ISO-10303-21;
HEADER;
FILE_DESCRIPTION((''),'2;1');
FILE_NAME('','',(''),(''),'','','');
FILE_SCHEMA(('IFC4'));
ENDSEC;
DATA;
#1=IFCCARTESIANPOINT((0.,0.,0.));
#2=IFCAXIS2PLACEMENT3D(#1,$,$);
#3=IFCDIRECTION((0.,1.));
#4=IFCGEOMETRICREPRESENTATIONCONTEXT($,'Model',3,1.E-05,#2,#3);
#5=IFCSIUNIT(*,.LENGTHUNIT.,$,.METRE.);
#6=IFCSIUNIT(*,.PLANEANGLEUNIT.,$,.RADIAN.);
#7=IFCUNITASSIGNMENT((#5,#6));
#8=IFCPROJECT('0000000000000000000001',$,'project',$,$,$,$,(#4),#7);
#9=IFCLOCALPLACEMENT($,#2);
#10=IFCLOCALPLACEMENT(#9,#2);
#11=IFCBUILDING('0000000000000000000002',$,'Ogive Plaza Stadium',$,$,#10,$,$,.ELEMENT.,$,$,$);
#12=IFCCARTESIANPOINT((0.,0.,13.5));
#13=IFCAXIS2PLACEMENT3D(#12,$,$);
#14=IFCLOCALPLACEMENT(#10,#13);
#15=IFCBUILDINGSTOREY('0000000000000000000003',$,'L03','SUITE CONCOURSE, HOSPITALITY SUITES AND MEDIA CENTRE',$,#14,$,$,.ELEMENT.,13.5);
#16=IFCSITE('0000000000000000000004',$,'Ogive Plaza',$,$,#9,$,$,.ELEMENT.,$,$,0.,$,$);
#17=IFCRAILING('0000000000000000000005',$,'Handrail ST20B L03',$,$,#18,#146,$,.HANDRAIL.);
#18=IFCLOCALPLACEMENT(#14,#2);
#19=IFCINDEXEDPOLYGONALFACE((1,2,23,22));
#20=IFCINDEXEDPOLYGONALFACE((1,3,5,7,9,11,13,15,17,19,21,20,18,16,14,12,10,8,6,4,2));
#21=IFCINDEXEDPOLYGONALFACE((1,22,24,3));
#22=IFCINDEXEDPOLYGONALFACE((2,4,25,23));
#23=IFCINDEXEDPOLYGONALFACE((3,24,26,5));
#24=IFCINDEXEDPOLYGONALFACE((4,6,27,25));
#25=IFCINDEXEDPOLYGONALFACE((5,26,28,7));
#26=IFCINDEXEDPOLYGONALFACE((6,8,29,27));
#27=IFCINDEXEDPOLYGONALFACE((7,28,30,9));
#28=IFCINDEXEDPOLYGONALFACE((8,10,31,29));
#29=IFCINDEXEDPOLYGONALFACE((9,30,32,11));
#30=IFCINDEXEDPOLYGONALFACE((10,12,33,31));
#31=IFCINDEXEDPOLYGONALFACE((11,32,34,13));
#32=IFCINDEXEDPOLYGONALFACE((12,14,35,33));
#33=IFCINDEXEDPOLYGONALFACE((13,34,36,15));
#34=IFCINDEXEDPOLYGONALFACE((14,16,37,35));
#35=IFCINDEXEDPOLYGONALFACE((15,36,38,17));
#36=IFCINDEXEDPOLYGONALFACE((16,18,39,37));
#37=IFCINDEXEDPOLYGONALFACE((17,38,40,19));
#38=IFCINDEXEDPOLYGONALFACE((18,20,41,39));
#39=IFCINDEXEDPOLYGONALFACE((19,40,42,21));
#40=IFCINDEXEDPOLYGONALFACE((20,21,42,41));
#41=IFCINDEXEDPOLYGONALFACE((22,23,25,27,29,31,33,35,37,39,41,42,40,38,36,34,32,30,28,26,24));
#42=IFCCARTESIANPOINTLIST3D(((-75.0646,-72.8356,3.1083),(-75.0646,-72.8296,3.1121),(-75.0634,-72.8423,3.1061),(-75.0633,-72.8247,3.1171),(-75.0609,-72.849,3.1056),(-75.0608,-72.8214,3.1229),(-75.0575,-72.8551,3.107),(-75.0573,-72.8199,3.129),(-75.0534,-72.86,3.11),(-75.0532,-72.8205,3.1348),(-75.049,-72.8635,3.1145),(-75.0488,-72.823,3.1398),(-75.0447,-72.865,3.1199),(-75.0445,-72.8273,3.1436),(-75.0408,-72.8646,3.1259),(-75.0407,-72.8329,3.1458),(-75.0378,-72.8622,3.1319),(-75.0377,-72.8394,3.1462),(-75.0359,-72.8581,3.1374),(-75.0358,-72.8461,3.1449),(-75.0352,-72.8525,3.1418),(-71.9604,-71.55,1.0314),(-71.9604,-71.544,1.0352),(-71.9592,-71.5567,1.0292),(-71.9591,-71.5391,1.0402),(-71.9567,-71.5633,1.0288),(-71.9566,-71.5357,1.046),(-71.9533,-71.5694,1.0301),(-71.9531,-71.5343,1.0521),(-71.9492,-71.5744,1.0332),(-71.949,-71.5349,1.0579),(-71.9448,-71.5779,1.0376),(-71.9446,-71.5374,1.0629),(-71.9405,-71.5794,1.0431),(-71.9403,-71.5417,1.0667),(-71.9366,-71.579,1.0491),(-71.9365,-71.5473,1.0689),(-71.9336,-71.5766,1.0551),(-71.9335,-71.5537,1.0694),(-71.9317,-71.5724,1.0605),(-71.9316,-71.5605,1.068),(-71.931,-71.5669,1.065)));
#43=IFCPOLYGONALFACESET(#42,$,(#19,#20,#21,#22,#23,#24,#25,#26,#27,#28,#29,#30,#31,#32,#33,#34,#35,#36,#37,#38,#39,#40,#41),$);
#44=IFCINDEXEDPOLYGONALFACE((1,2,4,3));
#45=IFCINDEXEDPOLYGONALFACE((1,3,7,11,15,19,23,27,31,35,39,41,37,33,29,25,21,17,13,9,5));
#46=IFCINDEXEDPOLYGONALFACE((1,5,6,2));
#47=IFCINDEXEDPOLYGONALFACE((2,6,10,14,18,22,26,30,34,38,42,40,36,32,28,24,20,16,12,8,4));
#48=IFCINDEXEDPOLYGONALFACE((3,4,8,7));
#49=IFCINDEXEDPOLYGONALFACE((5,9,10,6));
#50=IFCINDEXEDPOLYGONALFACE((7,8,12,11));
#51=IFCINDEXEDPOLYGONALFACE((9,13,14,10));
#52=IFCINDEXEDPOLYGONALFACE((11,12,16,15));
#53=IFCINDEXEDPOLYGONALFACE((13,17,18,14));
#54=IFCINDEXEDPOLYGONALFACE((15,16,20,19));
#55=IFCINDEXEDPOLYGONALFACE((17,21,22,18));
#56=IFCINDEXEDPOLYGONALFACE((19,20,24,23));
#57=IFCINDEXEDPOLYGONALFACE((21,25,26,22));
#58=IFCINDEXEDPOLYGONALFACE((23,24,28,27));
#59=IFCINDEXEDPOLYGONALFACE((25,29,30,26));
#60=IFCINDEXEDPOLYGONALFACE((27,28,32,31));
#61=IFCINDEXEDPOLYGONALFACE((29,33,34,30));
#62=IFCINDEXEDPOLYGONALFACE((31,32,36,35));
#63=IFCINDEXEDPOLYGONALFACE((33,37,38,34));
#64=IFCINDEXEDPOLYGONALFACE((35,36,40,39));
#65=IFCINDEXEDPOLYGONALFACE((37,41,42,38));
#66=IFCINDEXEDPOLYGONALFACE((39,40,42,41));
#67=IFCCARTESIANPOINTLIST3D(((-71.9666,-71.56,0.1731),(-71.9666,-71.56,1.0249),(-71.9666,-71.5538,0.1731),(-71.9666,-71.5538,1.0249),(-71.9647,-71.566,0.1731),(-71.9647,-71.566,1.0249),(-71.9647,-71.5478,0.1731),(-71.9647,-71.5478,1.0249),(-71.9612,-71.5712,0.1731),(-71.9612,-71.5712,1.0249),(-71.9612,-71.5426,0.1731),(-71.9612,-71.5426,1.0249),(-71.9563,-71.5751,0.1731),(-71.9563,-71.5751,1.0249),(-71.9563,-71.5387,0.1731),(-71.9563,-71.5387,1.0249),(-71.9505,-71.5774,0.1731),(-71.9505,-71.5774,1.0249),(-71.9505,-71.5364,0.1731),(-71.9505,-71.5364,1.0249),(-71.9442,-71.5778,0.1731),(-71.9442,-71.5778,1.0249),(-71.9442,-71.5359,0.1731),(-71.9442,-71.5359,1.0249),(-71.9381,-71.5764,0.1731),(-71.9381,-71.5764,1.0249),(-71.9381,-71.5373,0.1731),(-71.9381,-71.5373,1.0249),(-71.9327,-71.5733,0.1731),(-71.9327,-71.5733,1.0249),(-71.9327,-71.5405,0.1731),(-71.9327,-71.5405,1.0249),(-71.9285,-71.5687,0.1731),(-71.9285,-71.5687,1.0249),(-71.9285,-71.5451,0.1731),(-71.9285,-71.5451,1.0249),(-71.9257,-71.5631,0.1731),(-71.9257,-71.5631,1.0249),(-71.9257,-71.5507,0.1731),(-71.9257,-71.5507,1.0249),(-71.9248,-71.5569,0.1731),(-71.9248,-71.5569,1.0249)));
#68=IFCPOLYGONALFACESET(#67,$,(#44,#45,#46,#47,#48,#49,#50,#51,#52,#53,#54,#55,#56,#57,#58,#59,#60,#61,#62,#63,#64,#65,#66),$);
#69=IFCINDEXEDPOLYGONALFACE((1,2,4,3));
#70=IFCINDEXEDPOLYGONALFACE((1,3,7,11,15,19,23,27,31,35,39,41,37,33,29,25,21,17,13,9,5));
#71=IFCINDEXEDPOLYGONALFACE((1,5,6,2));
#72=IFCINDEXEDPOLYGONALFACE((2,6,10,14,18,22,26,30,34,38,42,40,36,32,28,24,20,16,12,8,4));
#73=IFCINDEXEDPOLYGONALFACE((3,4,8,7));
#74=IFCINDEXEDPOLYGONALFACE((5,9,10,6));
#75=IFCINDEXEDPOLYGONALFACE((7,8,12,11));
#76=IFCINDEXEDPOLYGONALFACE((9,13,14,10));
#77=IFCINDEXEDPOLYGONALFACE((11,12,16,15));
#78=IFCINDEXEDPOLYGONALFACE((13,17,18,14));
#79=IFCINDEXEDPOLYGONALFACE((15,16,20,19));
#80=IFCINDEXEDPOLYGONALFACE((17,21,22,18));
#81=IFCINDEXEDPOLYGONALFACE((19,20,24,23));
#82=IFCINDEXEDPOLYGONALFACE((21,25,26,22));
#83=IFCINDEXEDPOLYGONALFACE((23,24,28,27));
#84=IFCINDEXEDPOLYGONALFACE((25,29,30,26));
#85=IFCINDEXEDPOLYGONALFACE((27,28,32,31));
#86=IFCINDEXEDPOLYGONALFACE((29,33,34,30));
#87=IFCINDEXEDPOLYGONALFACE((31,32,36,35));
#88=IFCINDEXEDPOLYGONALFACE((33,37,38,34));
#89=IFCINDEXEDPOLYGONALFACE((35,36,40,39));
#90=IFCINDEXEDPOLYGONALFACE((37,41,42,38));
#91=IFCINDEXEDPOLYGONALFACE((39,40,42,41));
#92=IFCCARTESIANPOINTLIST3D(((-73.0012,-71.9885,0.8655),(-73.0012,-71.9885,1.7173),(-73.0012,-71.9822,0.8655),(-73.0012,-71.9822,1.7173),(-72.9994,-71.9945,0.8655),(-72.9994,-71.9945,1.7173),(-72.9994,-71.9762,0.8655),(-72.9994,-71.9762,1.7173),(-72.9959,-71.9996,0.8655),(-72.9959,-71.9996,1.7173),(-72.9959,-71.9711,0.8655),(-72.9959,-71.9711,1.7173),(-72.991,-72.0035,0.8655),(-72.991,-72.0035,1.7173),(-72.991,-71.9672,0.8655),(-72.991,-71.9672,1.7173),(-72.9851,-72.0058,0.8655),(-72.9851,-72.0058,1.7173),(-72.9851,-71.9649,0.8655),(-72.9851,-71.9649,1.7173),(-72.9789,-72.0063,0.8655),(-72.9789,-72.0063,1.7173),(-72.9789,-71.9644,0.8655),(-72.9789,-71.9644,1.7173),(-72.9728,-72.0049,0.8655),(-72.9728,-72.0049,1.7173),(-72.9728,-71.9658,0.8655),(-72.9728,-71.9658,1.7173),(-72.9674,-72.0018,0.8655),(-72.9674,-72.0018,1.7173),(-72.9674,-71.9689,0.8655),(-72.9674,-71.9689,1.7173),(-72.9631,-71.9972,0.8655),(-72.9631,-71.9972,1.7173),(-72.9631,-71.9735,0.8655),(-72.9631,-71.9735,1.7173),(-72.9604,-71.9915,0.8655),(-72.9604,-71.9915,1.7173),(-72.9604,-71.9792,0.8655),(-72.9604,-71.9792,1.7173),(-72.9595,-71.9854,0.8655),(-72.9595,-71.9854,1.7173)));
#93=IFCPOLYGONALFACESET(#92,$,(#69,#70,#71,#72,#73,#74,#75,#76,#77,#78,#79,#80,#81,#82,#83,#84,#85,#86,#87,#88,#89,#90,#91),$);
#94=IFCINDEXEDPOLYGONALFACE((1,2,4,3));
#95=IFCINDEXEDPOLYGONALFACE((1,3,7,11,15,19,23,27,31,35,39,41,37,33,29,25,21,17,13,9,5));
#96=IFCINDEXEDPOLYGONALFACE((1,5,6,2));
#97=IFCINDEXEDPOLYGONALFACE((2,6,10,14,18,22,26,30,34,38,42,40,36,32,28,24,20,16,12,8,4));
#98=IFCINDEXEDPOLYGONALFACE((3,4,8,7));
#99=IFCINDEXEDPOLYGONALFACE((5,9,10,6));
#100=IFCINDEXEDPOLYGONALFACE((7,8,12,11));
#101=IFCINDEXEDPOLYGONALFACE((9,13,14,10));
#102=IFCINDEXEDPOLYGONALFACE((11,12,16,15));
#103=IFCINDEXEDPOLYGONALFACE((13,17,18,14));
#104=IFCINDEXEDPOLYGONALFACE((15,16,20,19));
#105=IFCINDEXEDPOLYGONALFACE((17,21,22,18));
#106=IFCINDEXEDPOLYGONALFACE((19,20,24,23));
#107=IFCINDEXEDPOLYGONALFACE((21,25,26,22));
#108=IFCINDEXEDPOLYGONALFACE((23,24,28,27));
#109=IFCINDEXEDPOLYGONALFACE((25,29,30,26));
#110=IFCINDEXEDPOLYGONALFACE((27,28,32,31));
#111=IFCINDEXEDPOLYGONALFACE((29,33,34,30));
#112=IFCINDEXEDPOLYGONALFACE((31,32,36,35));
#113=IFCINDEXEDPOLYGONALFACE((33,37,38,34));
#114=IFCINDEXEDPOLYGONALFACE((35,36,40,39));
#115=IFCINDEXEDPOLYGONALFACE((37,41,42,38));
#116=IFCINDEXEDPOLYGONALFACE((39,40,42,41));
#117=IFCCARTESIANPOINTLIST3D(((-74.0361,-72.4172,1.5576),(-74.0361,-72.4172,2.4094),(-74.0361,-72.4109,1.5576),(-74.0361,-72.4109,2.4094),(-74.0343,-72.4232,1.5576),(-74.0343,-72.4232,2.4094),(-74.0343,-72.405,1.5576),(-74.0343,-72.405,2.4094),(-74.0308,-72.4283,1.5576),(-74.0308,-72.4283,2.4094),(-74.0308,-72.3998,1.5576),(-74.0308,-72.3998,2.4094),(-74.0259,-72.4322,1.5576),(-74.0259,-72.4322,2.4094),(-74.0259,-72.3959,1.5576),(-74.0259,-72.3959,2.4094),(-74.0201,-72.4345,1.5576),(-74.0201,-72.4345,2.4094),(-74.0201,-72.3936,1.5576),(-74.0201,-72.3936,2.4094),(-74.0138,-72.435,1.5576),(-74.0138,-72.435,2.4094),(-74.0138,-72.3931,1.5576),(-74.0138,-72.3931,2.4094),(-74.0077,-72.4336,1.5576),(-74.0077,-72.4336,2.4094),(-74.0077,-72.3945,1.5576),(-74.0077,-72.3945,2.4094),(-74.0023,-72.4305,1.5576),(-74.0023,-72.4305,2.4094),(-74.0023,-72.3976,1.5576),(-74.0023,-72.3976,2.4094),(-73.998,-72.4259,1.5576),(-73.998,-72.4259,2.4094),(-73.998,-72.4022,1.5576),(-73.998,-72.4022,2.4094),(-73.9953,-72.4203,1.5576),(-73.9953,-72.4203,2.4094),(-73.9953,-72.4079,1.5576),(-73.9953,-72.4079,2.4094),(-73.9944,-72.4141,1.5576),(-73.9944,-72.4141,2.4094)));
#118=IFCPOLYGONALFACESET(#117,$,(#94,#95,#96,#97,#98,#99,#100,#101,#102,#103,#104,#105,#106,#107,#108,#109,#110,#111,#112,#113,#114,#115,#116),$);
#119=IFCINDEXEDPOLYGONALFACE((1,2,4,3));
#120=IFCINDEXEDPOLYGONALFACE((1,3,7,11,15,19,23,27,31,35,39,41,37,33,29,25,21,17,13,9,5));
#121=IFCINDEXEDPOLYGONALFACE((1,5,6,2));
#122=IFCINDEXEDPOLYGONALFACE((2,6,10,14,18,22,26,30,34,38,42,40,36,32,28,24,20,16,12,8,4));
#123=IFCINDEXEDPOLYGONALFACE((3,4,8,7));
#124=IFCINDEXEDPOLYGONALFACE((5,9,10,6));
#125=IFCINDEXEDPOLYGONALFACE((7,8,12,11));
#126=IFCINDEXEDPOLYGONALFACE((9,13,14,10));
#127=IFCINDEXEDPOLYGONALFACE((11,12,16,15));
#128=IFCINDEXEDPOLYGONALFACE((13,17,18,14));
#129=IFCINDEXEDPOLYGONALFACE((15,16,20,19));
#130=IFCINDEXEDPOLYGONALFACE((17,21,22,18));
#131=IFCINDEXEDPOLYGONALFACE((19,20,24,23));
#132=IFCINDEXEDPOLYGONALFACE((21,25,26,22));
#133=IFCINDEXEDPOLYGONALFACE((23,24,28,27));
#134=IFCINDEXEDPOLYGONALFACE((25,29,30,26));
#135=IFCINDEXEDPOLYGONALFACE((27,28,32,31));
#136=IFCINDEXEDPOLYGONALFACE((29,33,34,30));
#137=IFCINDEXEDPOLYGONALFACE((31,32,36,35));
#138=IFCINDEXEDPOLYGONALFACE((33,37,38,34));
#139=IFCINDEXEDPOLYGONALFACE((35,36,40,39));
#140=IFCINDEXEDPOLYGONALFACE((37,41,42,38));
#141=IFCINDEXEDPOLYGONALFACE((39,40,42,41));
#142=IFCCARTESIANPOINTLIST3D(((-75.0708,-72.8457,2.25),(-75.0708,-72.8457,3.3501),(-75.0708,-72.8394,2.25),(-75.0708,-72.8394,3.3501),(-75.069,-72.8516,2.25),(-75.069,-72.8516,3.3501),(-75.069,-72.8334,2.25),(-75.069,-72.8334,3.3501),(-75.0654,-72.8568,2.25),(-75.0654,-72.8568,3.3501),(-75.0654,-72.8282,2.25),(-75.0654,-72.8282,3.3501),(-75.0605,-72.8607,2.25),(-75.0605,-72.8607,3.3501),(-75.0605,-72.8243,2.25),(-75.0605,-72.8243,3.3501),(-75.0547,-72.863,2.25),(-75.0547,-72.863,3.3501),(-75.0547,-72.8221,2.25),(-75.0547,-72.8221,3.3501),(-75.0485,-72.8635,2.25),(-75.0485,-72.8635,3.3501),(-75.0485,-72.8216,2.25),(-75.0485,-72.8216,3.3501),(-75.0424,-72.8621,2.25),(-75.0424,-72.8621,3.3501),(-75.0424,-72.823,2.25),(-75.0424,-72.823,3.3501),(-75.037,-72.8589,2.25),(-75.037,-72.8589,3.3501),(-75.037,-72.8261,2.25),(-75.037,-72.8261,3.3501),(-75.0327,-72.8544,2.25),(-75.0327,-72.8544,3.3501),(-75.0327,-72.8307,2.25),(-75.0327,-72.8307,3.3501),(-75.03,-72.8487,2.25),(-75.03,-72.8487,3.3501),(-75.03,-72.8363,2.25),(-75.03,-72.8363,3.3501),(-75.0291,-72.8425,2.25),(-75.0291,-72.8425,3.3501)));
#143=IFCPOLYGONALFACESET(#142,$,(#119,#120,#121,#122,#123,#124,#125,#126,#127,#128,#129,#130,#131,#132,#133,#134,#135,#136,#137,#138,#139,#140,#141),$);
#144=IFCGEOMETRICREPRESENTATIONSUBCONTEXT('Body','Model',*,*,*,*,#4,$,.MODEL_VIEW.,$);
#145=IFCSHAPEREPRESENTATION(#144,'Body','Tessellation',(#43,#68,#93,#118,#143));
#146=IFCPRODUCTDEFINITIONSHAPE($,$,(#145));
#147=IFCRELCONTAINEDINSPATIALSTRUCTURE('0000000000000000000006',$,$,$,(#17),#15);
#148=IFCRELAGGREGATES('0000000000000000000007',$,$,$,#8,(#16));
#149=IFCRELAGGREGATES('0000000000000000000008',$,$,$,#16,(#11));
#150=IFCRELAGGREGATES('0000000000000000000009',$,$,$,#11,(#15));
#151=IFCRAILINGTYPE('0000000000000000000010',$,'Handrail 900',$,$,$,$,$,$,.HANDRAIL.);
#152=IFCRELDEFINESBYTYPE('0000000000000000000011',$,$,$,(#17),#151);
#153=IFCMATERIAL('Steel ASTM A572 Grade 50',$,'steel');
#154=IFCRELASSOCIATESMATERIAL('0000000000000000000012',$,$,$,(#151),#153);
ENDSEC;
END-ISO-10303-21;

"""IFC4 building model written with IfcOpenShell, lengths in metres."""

from ifc_helpers import new_model, si_unit, direction, frame, origin, origin_2d, place, context, subcontext, project, spatial, circle, extrude, material, type_object, element, save


model = new_model("IFC4")

# Units and contexts
model_context = context("Model", 3, precision=1e-05, world=origin(), true_north=direction((0.0, 1.0)))
body_context = subcontext(model_context, "Body", "Model", "MODEL_VIEW")
ifc_project = project(units=[si_unit("LENGTHUNIT", "METRE"), si_unit("PLANEANGLEUNIT", "RADIAN")], contexts=[model_context])

# Site, building, storey
site_placement = place(None, origin())
site = spatial("IfcSite", under=ifc_project, at=site_placement, Name="Ogive Plaza", CompositionType="ELEMENT", RefElevation=0.0)
building_placement = place(site_placement, origin())
building = spatial("IfcBuilding", under=site, at=building_placement, Name="Ogive Plaza Stadium", CompositionType="ELEMENT")
storey_placement = place(building_placement, frame((0.0, 0.0, 13.5)))
storey = spatial("IfcBuildingStorey", under=building, at=storey_placement, Name="L03", Description="SUITE CONCOURSE, HOSPITALITY SUITES AND MEDIA CENTRE", CompositionType="ELEMENT", Elevation=13.5)

# Railing
ifc_material_1 = material(Name="Steel ASTM A572 Grade 50", Category="steel")
railing_type_1 = type_object("IfcRailingType", Name="Handrail 900", PredefinedType="HANDRAIL", material=ifc_material_1)
railing_1_placement = place(storey_placement, frame((-71.9458, -71.5569, 0.1731)))
element("IfcRailing", 1, at=railing_1_placement, inside=storey, type_object=railing_type_1, Name="Handrail ST20B L03", PredefinedType="HANDRAIL", context=body_context, shape_type="SweptSolid", body=[
    extrude(circle(Radius=0.0239, at=origin_2d()), frame((0.0, 0.0, 0.876), z_axis=(-0.785879, -0.325477, 0.525794), x_axis=(0.382638, -0.923898, 0.0)), (0.0, 0.0, 1.0), 3.95),
    extrude(circle(Radius=0.021, at=origin_2d()), origin(), (0.0, 0.0, 1.0), 0.8518),
    extrude(circle(Radius=0.021, at=origin_2d()), frame((-1.0347, -0.4285, 0.6924)), (0.0, 0.0, 1.0), 0.8518),
    extrude(circle(Radius=0.021, at=origin_2d()), frame((-2.0696, -0.8572, 1.3845)), (0.0, 0.0, 1.0), 0.8518),
    extrude(circle(Radius=0.021, at=origin_2d()), frame((-3.1042, -1.2856, 2.0769)), (0.0, 0.0, 1.0), 1.1001),
])

save(model, "model.ifc")
